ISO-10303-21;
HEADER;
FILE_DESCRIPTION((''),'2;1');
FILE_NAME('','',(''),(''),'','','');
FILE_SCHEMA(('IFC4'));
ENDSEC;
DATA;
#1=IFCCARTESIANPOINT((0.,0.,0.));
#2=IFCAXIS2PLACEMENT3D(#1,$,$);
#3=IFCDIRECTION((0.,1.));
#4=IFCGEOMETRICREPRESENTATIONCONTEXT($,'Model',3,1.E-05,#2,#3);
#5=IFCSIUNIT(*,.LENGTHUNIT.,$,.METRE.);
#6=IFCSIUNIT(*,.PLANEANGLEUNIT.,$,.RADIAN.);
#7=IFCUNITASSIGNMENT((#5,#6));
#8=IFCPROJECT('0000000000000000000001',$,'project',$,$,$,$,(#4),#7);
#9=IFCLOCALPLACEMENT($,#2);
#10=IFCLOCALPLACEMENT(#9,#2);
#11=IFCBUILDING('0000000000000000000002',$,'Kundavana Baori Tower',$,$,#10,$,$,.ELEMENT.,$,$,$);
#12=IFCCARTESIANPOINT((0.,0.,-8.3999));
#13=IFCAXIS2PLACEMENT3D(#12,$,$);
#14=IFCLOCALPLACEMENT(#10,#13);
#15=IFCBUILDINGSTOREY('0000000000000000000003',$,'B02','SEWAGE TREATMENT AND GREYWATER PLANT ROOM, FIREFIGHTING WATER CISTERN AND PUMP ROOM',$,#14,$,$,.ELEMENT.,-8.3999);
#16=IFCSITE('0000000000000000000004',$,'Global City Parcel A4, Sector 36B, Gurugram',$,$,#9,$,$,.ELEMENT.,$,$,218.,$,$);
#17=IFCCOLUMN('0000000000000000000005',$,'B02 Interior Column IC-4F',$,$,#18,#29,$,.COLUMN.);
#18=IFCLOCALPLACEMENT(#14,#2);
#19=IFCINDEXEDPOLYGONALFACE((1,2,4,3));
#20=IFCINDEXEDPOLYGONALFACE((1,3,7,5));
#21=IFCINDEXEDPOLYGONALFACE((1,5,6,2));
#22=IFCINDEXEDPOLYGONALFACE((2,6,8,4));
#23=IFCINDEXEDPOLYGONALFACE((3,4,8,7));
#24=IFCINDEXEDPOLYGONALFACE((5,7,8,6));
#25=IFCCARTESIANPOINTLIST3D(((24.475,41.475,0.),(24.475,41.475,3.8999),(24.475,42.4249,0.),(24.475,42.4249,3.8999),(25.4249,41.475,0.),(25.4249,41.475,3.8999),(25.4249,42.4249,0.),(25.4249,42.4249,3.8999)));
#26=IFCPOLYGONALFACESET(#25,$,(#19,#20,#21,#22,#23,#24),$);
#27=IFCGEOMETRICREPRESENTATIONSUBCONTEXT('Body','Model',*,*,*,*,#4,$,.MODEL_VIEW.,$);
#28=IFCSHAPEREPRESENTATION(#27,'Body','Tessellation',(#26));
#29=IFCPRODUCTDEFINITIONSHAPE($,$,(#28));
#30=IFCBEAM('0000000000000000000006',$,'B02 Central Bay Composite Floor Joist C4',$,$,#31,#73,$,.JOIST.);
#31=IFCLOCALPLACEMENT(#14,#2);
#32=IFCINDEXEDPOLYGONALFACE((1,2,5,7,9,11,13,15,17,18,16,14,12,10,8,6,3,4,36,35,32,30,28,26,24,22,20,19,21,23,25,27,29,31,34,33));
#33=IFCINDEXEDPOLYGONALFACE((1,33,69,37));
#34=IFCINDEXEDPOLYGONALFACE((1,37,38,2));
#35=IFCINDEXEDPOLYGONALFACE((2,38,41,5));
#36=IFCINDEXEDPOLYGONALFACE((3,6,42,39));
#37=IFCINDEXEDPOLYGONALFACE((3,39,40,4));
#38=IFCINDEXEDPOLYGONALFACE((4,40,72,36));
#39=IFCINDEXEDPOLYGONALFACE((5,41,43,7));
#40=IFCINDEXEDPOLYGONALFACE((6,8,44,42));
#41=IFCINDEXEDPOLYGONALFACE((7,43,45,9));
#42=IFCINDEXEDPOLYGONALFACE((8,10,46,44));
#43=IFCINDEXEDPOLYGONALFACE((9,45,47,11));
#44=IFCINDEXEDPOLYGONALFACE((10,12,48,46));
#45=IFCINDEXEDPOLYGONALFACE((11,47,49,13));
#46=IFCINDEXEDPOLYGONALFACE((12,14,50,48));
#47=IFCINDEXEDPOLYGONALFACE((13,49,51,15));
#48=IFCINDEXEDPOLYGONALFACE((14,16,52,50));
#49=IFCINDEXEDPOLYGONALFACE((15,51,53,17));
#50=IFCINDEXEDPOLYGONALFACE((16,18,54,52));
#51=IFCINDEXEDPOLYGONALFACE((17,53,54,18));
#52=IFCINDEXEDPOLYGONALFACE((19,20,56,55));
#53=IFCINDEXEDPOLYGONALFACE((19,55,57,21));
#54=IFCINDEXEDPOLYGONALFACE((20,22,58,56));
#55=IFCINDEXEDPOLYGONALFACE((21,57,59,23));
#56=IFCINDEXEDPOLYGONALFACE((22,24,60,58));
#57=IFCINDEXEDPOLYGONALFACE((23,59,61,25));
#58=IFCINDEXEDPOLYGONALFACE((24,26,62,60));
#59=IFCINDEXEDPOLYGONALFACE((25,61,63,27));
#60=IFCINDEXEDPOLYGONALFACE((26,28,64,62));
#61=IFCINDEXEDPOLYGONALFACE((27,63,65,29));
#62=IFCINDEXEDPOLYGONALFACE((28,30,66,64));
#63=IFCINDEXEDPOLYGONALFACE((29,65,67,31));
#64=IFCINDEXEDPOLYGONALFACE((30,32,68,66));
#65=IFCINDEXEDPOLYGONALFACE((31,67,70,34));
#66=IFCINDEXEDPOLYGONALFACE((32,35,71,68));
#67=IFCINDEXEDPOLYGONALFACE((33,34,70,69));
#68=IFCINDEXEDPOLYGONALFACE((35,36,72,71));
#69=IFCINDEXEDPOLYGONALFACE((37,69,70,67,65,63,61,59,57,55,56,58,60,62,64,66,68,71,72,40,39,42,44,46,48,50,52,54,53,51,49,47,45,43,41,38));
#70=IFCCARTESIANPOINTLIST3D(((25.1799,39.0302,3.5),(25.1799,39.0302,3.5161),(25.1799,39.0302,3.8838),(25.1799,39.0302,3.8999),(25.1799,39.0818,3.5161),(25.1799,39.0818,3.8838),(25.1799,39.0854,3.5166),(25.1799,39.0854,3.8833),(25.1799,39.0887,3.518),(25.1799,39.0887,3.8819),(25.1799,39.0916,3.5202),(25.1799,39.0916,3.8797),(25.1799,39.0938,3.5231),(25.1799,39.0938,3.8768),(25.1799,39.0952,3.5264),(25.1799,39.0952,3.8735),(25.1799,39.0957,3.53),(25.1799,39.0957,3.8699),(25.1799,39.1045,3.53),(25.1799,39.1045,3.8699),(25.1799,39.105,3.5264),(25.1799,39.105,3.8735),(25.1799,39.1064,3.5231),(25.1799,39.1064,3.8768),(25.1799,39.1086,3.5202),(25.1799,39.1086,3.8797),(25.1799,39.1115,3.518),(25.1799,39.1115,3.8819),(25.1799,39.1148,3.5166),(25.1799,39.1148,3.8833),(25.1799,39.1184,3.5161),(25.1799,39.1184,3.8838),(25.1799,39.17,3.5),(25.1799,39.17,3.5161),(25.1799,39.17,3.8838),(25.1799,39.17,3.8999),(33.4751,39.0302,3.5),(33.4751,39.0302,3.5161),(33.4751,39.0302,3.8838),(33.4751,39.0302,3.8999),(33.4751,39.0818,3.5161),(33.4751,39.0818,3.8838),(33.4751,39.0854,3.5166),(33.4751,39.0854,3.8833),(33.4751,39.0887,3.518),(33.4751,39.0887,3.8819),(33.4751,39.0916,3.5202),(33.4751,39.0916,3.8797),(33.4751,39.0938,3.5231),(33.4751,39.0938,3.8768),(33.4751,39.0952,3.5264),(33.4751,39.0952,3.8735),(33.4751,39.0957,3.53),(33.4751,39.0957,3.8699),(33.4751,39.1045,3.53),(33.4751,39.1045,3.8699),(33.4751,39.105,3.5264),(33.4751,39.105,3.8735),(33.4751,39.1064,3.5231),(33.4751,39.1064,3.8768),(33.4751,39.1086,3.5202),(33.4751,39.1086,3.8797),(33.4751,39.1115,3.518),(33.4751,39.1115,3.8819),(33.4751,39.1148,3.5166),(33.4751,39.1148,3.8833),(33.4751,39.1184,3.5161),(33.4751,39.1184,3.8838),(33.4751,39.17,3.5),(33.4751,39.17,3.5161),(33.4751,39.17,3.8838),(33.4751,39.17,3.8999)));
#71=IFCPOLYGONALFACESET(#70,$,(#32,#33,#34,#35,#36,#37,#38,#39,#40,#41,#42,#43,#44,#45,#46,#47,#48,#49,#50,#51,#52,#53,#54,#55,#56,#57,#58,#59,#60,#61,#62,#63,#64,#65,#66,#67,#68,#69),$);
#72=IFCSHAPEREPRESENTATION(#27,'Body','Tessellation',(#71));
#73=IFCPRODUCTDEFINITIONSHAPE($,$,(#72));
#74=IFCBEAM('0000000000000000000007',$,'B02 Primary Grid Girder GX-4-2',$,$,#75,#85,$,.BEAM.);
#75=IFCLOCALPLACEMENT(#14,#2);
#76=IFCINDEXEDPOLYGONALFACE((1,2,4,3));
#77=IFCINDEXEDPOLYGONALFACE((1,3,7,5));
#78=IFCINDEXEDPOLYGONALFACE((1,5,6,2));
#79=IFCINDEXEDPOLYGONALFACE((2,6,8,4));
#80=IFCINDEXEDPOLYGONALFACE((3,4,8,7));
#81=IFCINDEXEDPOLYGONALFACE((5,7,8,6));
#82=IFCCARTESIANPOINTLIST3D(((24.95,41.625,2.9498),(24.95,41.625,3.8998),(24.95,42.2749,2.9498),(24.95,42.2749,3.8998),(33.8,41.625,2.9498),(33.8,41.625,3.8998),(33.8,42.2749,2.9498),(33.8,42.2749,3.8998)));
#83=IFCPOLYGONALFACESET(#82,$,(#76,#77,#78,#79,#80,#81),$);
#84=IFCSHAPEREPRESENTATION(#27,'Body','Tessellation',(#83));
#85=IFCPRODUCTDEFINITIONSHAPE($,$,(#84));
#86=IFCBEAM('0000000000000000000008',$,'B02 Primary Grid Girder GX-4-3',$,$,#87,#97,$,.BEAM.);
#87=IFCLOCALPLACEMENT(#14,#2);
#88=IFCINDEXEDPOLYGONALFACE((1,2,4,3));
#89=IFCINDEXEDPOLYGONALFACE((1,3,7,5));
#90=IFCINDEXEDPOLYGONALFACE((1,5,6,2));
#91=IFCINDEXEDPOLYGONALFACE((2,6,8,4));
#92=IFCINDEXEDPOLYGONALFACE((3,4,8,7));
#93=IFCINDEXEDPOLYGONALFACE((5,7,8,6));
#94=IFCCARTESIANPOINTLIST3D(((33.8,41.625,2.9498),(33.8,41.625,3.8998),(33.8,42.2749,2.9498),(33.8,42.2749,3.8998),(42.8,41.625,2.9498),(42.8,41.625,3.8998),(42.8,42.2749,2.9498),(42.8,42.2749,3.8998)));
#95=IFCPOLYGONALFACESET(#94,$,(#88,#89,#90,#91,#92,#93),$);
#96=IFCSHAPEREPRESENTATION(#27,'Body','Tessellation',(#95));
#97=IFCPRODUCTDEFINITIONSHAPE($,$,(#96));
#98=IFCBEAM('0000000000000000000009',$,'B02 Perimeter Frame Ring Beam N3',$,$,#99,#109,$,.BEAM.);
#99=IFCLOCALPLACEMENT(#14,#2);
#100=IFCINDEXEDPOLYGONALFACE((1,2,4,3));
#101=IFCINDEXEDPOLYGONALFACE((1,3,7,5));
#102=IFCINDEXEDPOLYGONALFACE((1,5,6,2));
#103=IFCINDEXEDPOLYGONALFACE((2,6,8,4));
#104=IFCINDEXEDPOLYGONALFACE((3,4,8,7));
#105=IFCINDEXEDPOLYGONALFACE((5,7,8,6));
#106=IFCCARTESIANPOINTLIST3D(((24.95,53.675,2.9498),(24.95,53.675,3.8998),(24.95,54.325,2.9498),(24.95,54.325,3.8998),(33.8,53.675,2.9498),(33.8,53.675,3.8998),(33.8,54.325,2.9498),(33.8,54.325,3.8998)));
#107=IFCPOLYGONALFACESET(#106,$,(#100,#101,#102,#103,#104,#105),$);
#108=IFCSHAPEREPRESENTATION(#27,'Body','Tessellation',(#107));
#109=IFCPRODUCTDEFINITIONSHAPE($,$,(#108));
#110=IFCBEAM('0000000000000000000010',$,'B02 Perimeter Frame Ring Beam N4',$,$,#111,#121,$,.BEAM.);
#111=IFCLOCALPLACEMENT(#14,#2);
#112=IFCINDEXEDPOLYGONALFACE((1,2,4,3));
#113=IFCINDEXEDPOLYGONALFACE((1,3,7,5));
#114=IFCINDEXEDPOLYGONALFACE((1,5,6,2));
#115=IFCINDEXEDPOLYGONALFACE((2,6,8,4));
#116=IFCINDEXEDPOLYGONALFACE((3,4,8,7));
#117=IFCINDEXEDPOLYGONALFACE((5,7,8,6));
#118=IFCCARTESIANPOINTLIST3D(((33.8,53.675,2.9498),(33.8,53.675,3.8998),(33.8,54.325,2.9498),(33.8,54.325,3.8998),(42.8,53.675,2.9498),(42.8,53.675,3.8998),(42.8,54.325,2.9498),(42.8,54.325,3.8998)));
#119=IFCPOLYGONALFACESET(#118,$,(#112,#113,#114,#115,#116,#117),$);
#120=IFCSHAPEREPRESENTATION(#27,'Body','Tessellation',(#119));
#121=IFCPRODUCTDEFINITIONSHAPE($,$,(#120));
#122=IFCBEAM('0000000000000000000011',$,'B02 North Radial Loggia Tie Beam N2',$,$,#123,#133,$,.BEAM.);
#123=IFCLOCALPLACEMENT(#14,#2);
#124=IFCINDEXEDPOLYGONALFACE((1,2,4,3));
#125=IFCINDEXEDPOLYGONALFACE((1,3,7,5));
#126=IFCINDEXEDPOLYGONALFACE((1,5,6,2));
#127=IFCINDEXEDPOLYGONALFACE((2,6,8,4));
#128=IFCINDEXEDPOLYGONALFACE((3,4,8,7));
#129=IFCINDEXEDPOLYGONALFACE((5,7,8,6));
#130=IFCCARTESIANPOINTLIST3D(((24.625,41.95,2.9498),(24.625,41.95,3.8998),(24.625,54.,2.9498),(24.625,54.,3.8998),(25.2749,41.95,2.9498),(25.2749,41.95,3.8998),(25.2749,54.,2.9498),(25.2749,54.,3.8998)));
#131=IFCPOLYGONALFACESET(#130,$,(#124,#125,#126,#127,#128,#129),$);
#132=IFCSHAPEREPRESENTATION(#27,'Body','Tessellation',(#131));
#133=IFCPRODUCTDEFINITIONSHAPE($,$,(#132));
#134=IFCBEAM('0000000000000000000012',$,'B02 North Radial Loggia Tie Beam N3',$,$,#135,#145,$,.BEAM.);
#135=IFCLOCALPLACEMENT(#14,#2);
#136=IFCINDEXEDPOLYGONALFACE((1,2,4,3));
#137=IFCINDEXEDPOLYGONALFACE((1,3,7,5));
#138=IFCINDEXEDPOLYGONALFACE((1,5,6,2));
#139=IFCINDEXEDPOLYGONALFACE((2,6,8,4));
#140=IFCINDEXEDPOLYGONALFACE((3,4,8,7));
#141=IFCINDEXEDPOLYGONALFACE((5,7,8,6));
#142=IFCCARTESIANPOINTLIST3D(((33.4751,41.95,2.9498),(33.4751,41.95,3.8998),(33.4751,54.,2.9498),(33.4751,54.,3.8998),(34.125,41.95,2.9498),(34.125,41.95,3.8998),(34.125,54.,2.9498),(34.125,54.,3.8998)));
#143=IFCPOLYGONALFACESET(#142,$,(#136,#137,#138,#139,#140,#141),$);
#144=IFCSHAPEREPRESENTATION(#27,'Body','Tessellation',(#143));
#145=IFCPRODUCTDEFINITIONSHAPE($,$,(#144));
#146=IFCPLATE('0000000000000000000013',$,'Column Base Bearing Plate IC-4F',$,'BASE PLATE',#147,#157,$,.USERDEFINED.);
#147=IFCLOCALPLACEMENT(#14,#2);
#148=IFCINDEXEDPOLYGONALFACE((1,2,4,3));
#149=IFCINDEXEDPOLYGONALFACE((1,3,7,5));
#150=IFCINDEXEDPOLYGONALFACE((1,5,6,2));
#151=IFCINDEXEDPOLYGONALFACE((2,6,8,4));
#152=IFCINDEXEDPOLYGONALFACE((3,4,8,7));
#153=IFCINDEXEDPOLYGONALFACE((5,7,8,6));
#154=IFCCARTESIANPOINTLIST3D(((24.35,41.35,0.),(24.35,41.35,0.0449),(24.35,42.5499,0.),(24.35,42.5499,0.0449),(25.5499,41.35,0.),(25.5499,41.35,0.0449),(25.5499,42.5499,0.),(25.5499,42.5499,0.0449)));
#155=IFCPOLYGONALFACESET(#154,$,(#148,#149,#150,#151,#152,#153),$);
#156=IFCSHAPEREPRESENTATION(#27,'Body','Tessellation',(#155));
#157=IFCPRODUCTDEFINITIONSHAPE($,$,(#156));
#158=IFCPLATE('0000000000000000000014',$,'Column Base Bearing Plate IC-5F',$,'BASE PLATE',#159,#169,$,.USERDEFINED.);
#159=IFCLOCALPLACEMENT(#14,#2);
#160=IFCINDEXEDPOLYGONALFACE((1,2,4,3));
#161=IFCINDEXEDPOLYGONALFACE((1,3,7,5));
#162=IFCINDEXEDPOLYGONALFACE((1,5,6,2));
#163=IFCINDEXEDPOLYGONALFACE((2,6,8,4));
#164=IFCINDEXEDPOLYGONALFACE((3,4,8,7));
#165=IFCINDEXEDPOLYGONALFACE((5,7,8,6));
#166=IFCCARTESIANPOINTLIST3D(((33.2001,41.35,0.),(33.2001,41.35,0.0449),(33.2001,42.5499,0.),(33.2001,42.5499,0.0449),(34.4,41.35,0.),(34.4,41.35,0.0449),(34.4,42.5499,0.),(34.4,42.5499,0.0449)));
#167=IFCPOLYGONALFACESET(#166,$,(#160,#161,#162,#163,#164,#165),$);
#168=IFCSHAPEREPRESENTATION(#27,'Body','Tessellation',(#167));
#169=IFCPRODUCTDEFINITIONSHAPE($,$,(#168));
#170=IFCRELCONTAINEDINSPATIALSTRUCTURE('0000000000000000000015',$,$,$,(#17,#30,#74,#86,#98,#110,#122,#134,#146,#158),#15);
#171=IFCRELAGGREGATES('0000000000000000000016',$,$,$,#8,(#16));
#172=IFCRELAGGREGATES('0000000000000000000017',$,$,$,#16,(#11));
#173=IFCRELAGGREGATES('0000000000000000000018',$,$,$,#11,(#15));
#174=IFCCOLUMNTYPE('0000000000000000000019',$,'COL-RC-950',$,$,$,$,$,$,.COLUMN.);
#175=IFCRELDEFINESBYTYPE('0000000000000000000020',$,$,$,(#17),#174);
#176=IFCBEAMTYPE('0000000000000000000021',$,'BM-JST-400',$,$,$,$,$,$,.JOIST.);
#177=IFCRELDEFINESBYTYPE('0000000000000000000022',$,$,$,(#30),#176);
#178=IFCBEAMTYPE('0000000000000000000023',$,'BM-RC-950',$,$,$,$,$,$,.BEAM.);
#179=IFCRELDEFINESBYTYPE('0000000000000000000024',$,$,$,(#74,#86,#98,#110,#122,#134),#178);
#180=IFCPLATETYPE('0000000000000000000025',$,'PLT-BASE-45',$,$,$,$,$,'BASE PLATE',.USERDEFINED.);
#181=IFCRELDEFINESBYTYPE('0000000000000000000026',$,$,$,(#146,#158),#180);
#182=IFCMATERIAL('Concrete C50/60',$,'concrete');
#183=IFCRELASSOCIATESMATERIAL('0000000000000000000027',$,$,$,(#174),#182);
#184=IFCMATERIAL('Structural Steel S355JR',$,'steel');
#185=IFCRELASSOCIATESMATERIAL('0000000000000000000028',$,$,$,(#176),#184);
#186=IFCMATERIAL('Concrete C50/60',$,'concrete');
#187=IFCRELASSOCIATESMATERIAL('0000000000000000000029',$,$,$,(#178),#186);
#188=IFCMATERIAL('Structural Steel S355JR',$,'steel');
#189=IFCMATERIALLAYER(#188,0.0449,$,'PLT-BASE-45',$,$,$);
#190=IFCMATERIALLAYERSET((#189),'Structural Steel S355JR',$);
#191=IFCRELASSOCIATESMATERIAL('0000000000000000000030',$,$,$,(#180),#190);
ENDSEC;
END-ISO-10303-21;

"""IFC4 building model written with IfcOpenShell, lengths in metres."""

from ifc_helpers import new_model, si_unit, direction, frame, origin, origin_2d, place, context, subcontext, project, spatial, rectangle, i_section, extrude, material, layer, layer_set, material_profile, profile_set, type_object, element, save


model = new_model("IFC4")

# Units and contexts
model_context = context("Model", 3, precision=1e-05, world=origin(), true_north=direction((0.0, 1.0)))
body_context = subcontext(model_context, "Body", "Model", "MODEL_VIEW")
ifc_project = project(units=[si_unit("LENGTHUNIT", "METRE"), si_unit("PLANEANGLEUNIT", "RADIAN")], contexts=[model_context])

# Site, building, storey
site_placement = place(None, origin())
site = spatial("IfcSite", under=ifc_project, at=site_placement, Name="Global City Parcel A4, Sector 36B, Gurugram", CompositionType="ELEMENT", RefElevation=218.0)
building_placement = place(site_placement, origin())
building = spatial("IfcBuilding", under=site, at=building_placement, Name="Kundavana Baori Tower", CompositionType="ELEMENT")
storey_placement = place(building_placement, frame((0.0, 0.0, -8.3999)))
storey = spatial("IfcBuildingStorey", under=building, at=storey_placement, Name="B02", Description="SEWAGE TREATMENT AND GREYWATER PLANT ROOM, FIREFIGHTING WATER CISTERN AND PUMP ROOM", CompositionType="ELEMENT", Elevation=-8.3999)

# Column
ifc_material_1 = material(Name="Concrete C50/60", Category="concrete")
ifc_material_profile_1 = material_profile(ifc_material_1, rectangle(XDim=0.95, YDim=0.95, at=origin_2d()), Name="RC 950x950")
ifc_profile_set_1 = profile_set([ifc_material_profile_1], Name="Concrete C50/60")
column_type_1 = type_object("IfcColumnType", Name="COL-RC-950", PredefinedType="COLUMN", material=ifc_profile_set_1)
column_placement = place(storey_placement, frame((24.95, 41.95, 0.0), z_axis=(0.0, 0.0, 1.0), x_axis=(1.0, 0.0, 0.0)))
element("IfcColumn", 1, at=column_placement, inside=storey, type_object=column_type_1, Name="B02 Interior Column IC-4F", PredefinedType="COLUMN", context=body_context, shape_type="SweptSolid", body=[
    extrude(rectangle(XDim=0.95, YDim=0.95, at=origin_2d()), origin(), (0.0, 0.0, 1.0), 3.8999),
])

# Beams
ifc_material_2 = material(Name="Structural Steel S355JR", Category="steel")
ifc_material_profile_2 = material_profile(ifc_material_2, i_section(OverallWidth=0.1399, OverallDepth=0.3999, WebThickness=0.0088, FlangeThickness=0.0161, FilletRadius=0.0139, at=origin_2d()), Name="ISMB 400")
ifc_profile_set_2 = profile_set([ifc_material_profile_2], Name="Structural Steel S355JR")
beam_type_1 = type_object("IfcBeamType", Name="BM-JST-400", PredefinedType="JOIST", material=ifc_profile_set_2)
beam_1_placement = place(storey_placement, frame((25.1799, 39.1001, 3.7), z_axis=(1.0, 0.0, 0.0), x_axis=(0.0, 1.0, 0.0)))
element("IfcBeam", 2, at=beam_1_placement, inside=storey, type_object=beam_type_1, Name="B02 Central Bay Composite Floor Joist C4", PredefinedType="JOIST", context=body_context, shape_type="SweptSolid", body=[
    extrude(i_section(OverallWidth=0.1399, OverallDepth=0.3999, WebThickness=0.0088, FlangeThickness=0.0161, FilletRadius=0.0139, at=origin_2d()), origin(), (0.0, 0.0, 1.0), 8.2952),
])
ifc_material_3 = material(Name="Concrete C50/60", Category="concrete")
ifc_material_profile_3 = material_profile(ifc_material_3, rectangle(XDim=0.6499, YDim=0.95, at=origin_2d()), Name="RC BM 650x950")
ifc_profile_set_3 = profile_set([ifc_material_profile_3], Name="Concrete C50/60")
beam_type_2 = type_object("IfcBeamType", Name="BM-RC-950", PredefinedType="BEAM", material=ifc_profile_set_3)
beam_2_placement = place(storey_placement, frame((24.95, 41.95, 3.4248), z_axis=(1.0, 0.0, 0.0), x_axis=(0.0, 1.0, 0.0)))
element("IfcBeam", 3, at=beam_2_placement, inside=storey, type_object=beam_type_2, Name="B02 Primary Grid Girder GX-4-2", PredefinedType="BEAM", context=body_context, shape_type="SweptSolid", body=[
    extrude(rectangle(XDim=0.6499, YDim=0.95, at=origin_2d()), origin(), (0.0, 0.0, 1.0), 8.8501),
])
beam_3_placement = place(storey_placement, frame((33.8, 41.95, 3.4248), z_axis=(1.0, 0.0, 0.0), x_axis=(0.0, 1.0, 0.0)))
element("IfcBeam", 4, at=beam_3_placement, inside=storey, type_object=beam_type_2, Name="B02 Primary Grid Girder GX-4-3", PredefinedType="BEAM", context=body_context, shape_type="SweptSolid", body=[
    extrude(rectangle(XDim=0.6499, YDim=0.95, at=origin_2d()), origin(), (0.0, 0.0, 1.0), 9.0),
])
beam_4_placement = place(storey_placement, frame((24.95, 54.0, 3.4248), z_axis=(1.0, 0.0, 0.0), x_axis=(0.0, 1.0, 0.0)))
element("IfcBeam", 5, at=beam_4_placement, inside=storey, type_object=beam_type_2, Name="B02 Perimeter Frame Ring Beam N3", PredefinedType="BEAM", context=body_context, shape_type="SweptSolid", body=[
    extrude(rectangle(XDim=0.6499, YDim=0.95, at=origin_2d()), origin(), (0.0, 0.0, 1.0), 8.8501),
])
beam_5_placement = place(storey_placement, frame((33.8, 54.0, 3.4248), z_axis=(1.0, 0.0, 0.0), x_axis=(0.0, 1.0, 0.0)))
element("IfcBeam", 6, at=beam_5_placement, inside=storey, type_object=beam_type_2, Name="B02 Perimeter Frame Ring Beam N4", PredefinedType="BEAM", context=body_context, shape_type="SweptSolid", body=[
    extrude(rectangle(XDim=0.6499, YDim=0.95, at=origin_2d()), origin(), (0.0, 0.0, 1.0), 9.0),
])
for number, where, z_axis, x_axis, name in (
    (7, (24.95, 41.95, 3.4248), (0.0, 1.0, 0.0), (-1.0, 0.0, 0.0), "B02 North Radial Loggia Tie Beam N2"),
    (8, (33.8, 41.95, 3.4248), (0.0, 1.0, 0.0), (-1.0, 0.0, 0.0), "B02 North Radial Loggia Tie Beam N3"),
):
    element("IfcBeam", number, at=place(storey_placement, frame(where, z_axis=z_axis, x_axis=x_axis)), inside=storey, type_object=beam_type_2, Name=name, PredefinedType="BEAM", context=body_context, shape_type="SweptSolid", body=[
        extrude(rectangle(XDim=0.6499, YDim=0.95, at=origin_2d()), origin(), (0.0, 0.0, 1.0), 12.05),
    ])

# Plates
ifc_material_4 = material(Name="Structural Steel S355JR", Category="steel")
ifc_layer_1 = layer(ifc_material_4, 0.0449, Name="PLT-BASE-45")
ifc_layer_set_1 = layer_set([ifc_layer_1], Name="Structural Steel S355JR")
plate_type = type_object("IfcPlateType", Name="PLT-BASE-45", ElementType="BASE PLATE", PredefinedType="USERDEFINED", material=ifc_layer_set_1)
for number, where, z_axis, x_axis, name in (
    (9, (24.95, 41.95, 0.0), (0.0, 0.0, 1.0), (1.0, 0.0, 0.0), "Column Base Bearing Plate IC-4F"),
    (10, (33.8, 41.95, 0.0), (0.0, 0.0, 1.0), (1.0, 0.0, 0.0), "Column Base Bearing Plate IC-5F"),
):
    element("IfcPlate", number, at=place(storey_placement, frame(where, z_axis=z_axis, x_axis=x_axis)), inside=storey, type_object=plate_type, Name=name, ObjectType="BASE PLATE", PredefinedType="USERDEFINED", context=body_context, shape_type="SweptSolid", body=[
        extrude(rectangle(XDim=1.2, YDim=1.2, at=origin_2d()), origin(), (0.0, 0.0, 1.0), 0.0449),
    ])

save(model, "model.ifc")
